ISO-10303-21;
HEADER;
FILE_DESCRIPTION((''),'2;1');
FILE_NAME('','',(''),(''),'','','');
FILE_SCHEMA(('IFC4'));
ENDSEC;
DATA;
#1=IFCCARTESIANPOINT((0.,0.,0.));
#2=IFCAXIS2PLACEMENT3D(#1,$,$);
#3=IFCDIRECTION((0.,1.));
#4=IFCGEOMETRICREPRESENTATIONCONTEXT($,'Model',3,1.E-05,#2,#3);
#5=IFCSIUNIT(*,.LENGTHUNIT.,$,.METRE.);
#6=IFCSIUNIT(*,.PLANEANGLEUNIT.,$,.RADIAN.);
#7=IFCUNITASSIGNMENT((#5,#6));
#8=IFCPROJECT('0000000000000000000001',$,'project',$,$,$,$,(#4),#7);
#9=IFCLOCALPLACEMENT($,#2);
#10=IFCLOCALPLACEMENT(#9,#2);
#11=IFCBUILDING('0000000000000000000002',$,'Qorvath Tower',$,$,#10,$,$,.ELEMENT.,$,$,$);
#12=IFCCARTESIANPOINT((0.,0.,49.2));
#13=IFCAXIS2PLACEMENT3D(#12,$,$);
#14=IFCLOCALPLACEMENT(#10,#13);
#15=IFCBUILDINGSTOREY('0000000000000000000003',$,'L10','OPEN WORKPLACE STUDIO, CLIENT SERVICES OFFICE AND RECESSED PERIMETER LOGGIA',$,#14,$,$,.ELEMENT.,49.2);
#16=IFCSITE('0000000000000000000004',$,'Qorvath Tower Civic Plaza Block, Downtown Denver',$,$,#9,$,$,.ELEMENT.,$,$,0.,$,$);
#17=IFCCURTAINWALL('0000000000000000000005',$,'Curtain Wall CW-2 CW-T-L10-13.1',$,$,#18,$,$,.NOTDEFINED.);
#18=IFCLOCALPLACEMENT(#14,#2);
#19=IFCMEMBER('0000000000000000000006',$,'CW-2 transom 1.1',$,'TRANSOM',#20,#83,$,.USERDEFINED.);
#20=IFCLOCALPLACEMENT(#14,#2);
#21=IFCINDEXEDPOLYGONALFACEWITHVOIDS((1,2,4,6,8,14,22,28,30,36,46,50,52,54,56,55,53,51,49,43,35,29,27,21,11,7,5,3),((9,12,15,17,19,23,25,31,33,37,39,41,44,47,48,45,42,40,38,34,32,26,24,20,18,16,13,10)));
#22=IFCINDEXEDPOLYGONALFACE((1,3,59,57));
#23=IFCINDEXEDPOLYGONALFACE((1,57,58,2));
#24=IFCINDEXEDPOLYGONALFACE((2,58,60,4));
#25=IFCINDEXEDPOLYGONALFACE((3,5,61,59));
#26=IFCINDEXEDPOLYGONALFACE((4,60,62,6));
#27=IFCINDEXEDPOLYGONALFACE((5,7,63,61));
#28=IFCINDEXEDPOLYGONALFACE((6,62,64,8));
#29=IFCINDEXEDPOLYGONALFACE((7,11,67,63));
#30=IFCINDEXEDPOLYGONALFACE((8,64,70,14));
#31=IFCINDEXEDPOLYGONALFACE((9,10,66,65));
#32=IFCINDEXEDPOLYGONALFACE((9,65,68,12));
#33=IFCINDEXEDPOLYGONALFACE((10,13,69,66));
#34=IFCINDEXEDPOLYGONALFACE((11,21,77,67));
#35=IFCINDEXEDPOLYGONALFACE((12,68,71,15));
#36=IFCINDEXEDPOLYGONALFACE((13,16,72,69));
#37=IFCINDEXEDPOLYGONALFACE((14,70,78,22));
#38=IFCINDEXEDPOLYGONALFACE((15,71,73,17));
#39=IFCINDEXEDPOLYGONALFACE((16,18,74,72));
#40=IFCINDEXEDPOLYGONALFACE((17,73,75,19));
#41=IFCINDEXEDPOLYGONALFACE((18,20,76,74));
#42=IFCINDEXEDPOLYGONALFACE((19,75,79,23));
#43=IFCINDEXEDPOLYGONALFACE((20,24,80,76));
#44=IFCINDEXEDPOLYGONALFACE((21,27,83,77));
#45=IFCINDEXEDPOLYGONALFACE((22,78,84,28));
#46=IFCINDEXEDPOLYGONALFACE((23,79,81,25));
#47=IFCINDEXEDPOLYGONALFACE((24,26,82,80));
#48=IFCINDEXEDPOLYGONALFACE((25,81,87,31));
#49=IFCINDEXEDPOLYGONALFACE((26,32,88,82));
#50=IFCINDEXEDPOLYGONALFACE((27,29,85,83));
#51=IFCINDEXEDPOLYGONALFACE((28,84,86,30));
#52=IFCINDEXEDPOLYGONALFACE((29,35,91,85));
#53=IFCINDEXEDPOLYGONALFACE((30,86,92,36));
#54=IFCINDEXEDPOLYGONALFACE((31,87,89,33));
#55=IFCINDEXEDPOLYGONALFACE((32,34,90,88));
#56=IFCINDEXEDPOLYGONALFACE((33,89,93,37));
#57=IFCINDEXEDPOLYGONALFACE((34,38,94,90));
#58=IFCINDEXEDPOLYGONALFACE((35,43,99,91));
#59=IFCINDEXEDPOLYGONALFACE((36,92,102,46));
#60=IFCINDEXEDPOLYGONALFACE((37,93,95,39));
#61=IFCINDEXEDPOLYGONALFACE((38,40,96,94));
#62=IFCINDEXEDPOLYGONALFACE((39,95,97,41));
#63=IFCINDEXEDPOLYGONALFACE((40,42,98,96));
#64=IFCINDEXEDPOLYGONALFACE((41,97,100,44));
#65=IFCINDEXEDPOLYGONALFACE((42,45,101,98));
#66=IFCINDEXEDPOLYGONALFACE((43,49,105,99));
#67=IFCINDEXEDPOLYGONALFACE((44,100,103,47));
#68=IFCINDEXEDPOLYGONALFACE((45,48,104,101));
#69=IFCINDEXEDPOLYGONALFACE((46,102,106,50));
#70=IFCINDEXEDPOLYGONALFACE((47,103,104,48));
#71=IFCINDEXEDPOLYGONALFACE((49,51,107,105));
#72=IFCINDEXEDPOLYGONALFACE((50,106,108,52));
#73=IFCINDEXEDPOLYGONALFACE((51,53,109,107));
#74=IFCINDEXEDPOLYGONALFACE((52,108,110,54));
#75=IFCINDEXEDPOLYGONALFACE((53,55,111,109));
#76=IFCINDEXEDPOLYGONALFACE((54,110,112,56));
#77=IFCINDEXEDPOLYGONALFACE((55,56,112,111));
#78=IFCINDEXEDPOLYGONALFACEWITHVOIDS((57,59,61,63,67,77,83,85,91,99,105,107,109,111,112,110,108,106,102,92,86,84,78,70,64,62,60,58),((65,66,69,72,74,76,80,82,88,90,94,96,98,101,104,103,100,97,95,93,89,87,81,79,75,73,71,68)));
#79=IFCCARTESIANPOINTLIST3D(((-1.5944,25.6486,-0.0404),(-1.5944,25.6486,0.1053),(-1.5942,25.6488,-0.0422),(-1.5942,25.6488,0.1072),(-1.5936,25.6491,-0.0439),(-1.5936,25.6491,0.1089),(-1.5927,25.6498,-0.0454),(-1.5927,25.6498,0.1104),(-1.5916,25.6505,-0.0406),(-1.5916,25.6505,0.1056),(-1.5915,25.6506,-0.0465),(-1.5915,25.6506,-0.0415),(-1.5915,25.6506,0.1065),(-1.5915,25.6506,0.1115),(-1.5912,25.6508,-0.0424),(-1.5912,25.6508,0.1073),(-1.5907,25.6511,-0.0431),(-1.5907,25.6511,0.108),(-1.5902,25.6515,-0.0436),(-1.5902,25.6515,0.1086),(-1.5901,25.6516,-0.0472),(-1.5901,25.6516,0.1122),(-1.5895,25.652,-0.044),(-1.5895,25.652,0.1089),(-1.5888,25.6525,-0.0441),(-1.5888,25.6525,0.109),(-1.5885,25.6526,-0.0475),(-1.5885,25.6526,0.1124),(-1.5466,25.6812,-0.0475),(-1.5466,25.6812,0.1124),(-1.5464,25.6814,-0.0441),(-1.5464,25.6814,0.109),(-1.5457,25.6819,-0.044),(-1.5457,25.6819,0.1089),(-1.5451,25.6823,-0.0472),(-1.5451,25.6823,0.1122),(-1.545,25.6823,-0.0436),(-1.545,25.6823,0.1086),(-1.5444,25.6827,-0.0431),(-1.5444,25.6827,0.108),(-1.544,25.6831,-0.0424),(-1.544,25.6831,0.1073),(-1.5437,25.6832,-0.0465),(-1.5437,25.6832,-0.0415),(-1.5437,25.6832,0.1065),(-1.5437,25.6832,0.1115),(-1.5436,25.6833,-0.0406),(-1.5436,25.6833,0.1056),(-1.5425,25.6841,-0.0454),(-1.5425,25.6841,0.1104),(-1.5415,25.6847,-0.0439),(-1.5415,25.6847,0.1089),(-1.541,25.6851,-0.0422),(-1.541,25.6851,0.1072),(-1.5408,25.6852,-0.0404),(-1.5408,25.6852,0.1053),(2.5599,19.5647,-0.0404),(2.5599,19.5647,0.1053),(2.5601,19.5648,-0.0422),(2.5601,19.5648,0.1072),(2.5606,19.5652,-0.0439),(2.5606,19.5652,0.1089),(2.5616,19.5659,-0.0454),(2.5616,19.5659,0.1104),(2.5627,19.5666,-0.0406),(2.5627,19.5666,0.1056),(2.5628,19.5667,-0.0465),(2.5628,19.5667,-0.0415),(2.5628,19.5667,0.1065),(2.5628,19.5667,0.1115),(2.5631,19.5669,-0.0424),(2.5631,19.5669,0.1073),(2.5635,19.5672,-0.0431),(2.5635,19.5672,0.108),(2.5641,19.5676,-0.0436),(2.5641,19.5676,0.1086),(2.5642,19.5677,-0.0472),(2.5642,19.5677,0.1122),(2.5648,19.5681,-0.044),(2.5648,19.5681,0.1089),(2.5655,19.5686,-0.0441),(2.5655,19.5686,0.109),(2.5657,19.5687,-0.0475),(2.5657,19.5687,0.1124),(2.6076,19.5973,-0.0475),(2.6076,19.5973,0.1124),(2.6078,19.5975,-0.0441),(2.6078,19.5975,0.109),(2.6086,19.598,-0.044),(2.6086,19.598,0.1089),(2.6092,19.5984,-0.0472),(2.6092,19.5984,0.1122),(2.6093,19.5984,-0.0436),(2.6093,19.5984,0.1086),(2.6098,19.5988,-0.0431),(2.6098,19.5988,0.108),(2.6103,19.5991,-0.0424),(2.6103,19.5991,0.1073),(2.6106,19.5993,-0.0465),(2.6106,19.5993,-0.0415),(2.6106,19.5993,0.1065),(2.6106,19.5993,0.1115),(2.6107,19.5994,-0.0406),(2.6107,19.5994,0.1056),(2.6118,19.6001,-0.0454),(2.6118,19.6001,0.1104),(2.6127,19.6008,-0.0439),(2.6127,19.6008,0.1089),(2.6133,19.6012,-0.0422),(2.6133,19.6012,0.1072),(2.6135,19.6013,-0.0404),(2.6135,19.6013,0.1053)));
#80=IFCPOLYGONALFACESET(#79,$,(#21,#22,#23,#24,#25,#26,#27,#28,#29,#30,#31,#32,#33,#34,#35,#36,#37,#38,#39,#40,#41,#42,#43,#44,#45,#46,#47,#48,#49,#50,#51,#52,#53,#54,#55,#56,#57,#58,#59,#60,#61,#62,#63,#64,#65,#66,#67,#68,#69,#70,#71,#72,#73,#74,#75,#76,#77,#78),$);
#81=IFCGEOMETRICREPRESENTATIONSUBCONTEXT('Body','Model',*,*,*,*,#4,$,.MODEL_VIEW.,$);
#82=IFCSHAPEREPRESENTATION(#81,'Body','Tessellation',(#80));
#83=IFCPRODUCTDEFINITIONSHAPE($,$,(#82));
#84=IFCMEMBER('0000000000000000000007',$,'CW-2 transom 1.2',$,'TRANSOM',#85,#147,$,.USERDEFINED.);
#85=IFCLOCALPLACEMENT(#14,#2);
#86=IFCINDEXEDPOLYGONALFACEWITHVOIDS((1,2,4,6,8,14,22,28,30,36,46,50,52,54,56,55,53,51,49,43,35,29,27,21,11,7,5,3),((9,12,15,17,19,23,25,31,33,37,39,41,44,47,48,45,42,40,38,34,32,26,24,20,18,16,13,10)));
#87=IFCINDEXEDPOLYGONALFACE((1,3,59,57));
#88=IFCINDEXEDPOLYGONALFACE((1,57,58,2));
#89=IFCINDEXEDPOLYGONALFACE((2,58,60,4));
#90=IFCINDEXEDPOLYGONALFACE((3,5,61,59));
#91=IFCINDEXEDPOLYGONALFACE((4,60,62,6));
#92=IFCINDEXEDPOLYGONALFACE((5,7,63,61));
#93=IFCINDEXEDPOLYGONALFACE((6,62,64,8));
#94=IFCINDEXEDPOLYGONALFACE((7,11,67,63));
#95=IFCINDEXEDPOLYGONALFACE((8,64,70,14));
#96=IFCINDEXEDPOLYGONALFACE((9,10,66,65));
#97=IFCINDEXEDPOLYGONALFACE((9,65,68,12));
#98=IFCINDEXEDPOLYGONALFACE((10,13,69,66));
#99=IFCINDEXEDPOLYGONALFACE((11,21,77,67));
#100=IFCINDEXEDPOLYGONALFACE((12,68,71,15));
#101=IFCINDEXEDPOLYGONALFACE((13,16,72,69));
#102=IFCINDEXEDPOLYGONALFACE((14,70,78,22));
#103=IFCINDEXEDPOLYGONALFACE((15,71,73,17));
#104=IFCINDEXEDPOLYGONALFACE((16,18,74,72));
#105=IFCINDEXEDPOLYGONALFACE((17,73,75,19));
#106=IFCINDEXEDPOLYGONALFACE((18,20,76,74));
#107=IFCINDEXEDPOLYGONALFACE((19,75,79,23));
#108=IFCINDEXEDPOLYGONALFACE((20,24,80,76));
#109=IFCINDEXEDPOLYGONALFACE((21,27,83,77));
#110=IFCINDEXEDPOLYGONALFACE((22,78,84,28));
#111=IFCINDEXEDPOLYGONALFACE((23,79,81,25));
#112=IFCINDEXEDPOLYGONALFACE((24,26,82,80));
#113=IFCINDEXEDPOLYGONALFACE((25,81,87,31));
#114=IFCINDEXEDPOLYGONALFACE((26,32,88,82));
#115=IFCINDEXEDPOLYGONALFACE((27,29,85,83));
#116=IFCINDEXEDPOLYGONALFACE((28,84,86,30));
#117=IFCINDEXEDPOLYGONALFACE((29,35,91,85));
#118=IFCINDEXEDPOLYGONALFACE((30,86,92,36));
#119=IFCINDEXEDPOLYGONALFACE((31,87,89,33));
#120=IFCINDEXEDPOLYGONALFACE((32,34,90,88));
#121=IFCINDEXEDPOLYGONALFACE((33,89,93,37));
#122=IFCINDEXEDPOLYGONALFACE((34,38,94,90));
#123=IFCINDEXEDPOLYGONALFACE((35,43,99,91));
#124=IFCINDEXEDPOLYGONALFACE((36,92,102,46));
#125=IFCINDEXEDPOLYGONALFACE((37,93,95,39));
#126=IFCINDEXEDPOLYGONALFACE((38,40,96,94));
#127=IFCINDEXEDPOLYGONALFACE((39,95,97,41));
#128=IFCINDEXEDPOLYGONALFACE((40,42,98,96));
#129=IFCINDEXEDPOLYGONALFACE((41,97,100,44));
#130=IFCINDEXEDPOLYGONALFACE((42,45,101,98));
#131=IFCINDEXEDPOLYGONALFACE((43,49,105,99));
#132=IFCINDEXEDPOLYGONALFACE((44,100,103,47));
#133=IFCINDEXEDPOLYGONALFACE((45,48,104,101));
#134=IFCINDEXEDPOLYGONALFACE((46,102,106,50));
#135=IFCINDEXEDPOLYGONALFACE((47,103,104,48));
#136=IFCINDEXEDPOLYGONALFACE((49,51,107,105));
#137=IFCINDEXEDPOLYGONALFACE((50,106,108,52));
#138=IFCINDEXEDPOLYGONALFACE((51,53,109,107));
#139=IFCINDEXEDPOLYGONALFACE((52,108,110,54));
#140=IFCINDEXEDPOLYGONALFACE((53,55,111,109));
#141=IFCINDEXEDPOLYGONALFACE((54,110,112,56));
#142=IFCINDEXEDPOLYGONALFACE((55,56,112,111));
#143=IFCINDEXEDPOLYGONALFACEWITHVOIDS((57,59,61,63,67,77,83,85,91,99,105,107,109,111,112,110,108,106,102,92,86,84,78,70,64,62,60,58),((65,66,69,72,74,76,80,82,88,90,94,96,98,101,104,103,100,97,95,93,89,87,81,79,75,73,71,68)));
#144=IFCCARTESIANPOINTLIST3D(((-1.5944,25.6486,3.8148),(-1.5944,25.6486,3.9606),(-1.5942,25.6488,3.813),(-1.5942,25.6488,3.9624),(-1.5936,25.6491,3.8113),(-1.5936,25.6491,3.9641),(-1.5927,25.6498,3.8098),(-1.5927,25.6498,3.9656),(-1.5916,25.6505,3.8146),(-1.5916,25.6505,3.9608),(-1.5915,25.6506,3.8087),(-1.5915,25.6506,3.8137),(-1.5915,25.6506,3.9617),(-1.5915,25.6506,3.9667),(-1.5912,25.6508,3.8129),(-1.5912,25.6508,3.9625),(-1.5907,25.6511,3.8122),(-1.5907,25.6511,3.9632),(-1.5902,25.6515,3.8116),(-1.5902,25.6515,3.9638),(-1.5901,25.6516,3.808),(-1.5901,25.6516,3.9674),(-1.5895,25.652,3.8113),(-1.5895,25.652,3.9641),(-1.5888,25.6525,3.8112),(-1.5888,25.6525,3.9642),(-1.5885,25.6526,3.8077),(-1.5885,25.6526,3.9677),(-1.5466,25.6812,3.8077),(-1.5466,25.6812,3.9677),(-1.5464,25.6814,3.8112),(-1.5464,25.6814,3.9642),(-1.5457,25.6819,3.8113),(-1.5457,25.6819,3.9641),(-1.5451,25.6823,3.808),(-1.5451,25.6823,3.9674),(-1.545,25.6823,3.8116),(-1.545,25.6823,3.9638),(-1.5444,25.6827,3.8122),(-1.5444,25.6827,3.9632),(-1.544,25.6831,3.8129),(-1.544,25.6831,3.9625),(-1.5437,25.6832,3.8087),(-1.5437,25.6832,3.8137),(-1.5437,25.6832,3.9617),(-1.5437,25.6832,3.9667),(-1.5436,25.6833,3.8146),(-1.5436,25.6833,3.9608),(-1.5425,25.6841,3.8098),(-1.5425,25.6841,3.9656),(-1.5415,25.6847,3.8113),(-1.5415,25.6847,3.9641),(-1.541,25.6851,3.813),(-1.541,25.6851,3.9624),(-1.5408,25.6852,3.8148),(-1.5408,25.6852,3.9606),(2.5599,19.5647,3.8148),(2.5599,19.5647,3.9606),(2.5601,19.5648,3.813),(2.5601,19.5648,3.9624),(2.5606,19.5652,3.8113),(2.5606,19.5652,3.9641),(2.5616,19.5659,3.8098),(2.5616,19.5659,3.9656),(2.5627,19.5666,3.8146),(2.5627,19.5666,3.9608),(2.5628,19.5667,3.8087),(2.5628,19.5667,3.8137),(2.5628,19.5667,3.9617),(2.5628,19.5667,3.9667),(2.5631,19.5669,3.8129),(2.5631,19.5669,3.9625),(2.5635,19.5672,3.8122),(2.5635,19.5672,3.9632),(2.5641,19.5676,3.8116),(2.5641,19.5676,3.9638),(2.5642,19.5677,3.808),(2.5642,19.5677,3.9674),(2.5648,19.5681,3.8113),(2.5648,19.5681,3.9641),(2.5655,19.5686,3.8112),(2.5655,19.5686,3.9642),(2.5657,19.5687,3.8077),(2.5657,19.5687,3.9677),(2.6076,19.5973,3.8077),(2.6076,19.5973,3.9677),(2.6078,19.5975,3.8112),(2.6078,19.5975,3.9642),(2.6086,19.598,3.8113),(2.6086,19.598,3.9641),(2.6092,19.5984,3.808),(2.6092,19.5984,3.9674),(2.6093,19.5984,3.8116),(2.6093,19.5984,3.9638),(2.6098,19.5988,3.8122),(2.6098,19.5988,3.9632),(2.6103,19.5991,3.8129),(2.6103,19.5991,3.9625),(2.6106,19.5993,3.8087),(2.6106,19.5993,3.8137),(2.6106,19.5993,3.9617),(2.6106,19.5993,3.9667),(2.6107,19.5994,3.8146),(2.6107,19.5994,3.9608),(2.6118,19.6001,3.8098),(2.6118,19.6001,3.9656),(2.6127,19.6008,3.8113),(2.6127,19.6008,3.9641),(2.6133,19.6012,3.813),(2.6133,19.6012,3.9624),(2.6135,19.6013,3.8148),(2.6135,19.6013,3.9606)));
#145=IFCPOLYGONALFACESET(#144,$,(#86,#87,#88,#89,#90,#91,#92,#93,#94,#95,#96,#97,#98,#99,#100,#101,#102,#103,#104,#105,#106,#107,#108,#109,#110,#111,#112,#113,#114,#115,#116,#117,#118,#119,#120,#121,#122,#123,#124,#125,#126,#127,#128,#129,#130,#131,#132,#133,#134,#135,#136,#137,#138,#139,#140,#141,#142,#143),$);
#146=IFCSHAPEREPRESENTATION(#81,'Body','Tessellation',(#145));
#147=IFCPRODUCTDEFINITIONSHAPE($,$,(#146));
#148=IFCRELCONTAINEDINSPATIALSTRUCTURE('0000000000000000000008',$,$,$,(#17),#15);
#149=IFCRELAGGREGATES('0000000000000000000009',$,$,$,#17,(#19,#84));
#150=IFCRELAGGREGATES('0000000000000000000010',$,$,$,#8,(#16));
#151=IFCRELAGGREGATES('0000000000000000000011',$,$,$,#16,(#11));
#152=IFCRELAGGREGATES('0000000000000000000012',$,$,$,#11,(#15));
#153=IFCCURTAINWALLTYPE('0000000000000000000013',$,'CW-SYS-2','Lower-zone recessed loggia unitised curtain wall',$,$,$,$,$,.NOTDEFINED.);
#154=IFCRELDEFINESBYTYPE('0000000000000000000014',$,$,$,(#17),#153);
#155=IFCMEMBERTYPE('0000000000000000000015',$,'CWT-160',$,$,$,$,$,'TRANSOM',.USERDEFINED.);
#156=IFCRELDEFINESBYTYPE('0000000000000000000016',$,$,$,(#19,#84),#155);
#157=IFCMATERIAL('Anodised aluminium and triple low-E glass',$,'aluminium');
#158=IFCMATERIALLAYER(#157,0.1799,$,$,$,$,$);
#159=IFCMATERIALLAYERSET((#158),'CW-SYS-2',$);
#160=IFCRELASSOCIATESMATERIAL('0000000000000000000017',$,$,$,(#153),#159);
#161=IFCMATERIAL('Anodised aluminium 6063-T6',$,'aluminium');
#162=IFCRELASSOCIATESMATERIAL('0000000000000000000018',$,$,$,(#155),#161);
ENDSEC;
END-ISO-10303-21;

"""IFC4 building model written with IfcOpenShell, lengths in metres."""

from ifc_helpers import new_model, si_unit, direction, frame, origin, origin_2d, place, context, subcontext, project, spatial, hollow_rectangle, extrude, material, layer, layer_set, material_profile, profile_set, type_object, element, aggregate, save


model = new_model("IFC4")

# Units and contexts
model_context = context("Model", 3, precision=1e-05, world=origin(), true_north=direction((0.0, 1.0)))
body_context = subcontext(model_context, "Body", "Model", "MODEL_VIEW")
ifc_project = project(units=[si_unit("LENGTHUNIT", "METRE"), si_unit("PLANEANGLEUNIT", "RADIAN")], contexts=[model_context])

# Site, building, storey
site_placement = place(None, origin())
site = spatial("IfcSite", under=ifc_project, at=site_placement, Name="Qorvath Tower Civic Plaza Block, Downtown Denver", CompositionType="ELEMENT", RefElevation=0.0)
building_placement = place(site_placement, origin())
building = spatial("IfcBuilding", under=site, at=building_placement, Name="Qorvath Tower", CompositionType="ELEMENT")
storey_placement = place(building_placement, frame((0.0, 0.0, 49.2)))
storey = spatial("IfcBuildingStorey", under=building, at=storey_placement, Name="L10", Description="OPEN WORKPLACE STUDIO, CLIENT SERVICES OFFICE AND RECESSED PERIMETER LOGGIA", CompositionType="ELEMENT", Elevation=49.2)

# Shared definitions
ifc_material_1 = material(Name="Anodised aluminium and triple low-E glass", Category="aluminium")
ifc_layer_1 = layer(ifc_material_1, 0.1799)
ifc_layer_set_1 = layer_set([ifc_layer_1], Name="CW-SYS-2")
curtain_wall_type = type_object("IfcCurtainWallType", Name="CW-SYS-2", Description="Lower-zone recessed loggia unitised curtain wall", PredefinedType="NOTDEFINED", material=ifc_layer_set_1)

# Curtain wall
curtain_wall_1_placement = place(storey_placement, origin())
curtain_wall_1 = element("IfcCurtainWall", 1, at=curtain_wall_1_placement, inside=storey, type_object=curtain_wall_type, Name="Curtain Wall CW-2 CW-T-L10-13.1", PredefinedType="NOTDEFINED")

# Members
ifc_material_2 = material(Name="Anodised aluminium 6063-T6", Category="aluminium")
ifc_material_profile_1 = material_profile(ifc_material_2, hollow_rectangle(XDim=0.0649, YDim=0.1599, WallThickness=0.0034, InnerFilletRadius=0.0034, OuterFilletRadius=0.0071, at=origin_2d()), Name="CWT 160x65")
ifc_profile_set_1 = profile_set([ifc_material_profile_1], Name="Anodised aluminium 6063-T6")
member_type_1 = type_object("IfcMemberType", Name="CWT-160", ElementType="TRANSOM", PredefinedType="USERDEFINED", material=ifc_profile_set_1)
member_1_placement = place(storey_placement, frame((2.5867, 19.583, 0.0325), z_axis=(-0.563904, 0.82584, 0.0), x_axis=(-0.82584, -0.563904, 0.0)))
member_1 = element("IfcMember", 2, at=member_1_placement, type_object=member_type_1, Name="CW-2 transom 1.1", ObjectType="TRANSOM", PredefinedType="USERDEFINED", context=body_context, shape_type="SweptSolid", body=[
    extrude(hollow_rectangle(XDim=0.0649, YDim=0.1599, WallThickness=0.0034, InnerFilletRadius=0.0034, OuterFilletRadius=0.0071, at=origin_2d()), origin(), (0.0, 0.0, 1.0), 7.3669),
])
member_2_placement = place(storey_placement, frame((2.5867, 19.583, 3.8877), z_axis=(-0.563904, 0.82584, 0.0), x_axis=(-0.82584, -0.563904, 0.0)))
member_2 = element("IfcMember", 3, at=member_2_placement, type_object=member_type_1, Name="CW-2 transom 1.2", ObjectType="TRANSOM", PredefinedType="USERDEFINED", context=body_context, shape_type="SweptSolid", body=[
    extrude(hollow_rectangle(XDim=0.0649, YDim=0.1599, WallThickness=0.0034, InnerFilletRadius=0.0034, OuterFilletRadius=0.0071, at=origin_2d()), origin(), (0.0, 0.0, 1.0), 7.3669),
])

aggregate(curtain_wall_1, [member_1, member_2])

save(model, "model.ifc")
